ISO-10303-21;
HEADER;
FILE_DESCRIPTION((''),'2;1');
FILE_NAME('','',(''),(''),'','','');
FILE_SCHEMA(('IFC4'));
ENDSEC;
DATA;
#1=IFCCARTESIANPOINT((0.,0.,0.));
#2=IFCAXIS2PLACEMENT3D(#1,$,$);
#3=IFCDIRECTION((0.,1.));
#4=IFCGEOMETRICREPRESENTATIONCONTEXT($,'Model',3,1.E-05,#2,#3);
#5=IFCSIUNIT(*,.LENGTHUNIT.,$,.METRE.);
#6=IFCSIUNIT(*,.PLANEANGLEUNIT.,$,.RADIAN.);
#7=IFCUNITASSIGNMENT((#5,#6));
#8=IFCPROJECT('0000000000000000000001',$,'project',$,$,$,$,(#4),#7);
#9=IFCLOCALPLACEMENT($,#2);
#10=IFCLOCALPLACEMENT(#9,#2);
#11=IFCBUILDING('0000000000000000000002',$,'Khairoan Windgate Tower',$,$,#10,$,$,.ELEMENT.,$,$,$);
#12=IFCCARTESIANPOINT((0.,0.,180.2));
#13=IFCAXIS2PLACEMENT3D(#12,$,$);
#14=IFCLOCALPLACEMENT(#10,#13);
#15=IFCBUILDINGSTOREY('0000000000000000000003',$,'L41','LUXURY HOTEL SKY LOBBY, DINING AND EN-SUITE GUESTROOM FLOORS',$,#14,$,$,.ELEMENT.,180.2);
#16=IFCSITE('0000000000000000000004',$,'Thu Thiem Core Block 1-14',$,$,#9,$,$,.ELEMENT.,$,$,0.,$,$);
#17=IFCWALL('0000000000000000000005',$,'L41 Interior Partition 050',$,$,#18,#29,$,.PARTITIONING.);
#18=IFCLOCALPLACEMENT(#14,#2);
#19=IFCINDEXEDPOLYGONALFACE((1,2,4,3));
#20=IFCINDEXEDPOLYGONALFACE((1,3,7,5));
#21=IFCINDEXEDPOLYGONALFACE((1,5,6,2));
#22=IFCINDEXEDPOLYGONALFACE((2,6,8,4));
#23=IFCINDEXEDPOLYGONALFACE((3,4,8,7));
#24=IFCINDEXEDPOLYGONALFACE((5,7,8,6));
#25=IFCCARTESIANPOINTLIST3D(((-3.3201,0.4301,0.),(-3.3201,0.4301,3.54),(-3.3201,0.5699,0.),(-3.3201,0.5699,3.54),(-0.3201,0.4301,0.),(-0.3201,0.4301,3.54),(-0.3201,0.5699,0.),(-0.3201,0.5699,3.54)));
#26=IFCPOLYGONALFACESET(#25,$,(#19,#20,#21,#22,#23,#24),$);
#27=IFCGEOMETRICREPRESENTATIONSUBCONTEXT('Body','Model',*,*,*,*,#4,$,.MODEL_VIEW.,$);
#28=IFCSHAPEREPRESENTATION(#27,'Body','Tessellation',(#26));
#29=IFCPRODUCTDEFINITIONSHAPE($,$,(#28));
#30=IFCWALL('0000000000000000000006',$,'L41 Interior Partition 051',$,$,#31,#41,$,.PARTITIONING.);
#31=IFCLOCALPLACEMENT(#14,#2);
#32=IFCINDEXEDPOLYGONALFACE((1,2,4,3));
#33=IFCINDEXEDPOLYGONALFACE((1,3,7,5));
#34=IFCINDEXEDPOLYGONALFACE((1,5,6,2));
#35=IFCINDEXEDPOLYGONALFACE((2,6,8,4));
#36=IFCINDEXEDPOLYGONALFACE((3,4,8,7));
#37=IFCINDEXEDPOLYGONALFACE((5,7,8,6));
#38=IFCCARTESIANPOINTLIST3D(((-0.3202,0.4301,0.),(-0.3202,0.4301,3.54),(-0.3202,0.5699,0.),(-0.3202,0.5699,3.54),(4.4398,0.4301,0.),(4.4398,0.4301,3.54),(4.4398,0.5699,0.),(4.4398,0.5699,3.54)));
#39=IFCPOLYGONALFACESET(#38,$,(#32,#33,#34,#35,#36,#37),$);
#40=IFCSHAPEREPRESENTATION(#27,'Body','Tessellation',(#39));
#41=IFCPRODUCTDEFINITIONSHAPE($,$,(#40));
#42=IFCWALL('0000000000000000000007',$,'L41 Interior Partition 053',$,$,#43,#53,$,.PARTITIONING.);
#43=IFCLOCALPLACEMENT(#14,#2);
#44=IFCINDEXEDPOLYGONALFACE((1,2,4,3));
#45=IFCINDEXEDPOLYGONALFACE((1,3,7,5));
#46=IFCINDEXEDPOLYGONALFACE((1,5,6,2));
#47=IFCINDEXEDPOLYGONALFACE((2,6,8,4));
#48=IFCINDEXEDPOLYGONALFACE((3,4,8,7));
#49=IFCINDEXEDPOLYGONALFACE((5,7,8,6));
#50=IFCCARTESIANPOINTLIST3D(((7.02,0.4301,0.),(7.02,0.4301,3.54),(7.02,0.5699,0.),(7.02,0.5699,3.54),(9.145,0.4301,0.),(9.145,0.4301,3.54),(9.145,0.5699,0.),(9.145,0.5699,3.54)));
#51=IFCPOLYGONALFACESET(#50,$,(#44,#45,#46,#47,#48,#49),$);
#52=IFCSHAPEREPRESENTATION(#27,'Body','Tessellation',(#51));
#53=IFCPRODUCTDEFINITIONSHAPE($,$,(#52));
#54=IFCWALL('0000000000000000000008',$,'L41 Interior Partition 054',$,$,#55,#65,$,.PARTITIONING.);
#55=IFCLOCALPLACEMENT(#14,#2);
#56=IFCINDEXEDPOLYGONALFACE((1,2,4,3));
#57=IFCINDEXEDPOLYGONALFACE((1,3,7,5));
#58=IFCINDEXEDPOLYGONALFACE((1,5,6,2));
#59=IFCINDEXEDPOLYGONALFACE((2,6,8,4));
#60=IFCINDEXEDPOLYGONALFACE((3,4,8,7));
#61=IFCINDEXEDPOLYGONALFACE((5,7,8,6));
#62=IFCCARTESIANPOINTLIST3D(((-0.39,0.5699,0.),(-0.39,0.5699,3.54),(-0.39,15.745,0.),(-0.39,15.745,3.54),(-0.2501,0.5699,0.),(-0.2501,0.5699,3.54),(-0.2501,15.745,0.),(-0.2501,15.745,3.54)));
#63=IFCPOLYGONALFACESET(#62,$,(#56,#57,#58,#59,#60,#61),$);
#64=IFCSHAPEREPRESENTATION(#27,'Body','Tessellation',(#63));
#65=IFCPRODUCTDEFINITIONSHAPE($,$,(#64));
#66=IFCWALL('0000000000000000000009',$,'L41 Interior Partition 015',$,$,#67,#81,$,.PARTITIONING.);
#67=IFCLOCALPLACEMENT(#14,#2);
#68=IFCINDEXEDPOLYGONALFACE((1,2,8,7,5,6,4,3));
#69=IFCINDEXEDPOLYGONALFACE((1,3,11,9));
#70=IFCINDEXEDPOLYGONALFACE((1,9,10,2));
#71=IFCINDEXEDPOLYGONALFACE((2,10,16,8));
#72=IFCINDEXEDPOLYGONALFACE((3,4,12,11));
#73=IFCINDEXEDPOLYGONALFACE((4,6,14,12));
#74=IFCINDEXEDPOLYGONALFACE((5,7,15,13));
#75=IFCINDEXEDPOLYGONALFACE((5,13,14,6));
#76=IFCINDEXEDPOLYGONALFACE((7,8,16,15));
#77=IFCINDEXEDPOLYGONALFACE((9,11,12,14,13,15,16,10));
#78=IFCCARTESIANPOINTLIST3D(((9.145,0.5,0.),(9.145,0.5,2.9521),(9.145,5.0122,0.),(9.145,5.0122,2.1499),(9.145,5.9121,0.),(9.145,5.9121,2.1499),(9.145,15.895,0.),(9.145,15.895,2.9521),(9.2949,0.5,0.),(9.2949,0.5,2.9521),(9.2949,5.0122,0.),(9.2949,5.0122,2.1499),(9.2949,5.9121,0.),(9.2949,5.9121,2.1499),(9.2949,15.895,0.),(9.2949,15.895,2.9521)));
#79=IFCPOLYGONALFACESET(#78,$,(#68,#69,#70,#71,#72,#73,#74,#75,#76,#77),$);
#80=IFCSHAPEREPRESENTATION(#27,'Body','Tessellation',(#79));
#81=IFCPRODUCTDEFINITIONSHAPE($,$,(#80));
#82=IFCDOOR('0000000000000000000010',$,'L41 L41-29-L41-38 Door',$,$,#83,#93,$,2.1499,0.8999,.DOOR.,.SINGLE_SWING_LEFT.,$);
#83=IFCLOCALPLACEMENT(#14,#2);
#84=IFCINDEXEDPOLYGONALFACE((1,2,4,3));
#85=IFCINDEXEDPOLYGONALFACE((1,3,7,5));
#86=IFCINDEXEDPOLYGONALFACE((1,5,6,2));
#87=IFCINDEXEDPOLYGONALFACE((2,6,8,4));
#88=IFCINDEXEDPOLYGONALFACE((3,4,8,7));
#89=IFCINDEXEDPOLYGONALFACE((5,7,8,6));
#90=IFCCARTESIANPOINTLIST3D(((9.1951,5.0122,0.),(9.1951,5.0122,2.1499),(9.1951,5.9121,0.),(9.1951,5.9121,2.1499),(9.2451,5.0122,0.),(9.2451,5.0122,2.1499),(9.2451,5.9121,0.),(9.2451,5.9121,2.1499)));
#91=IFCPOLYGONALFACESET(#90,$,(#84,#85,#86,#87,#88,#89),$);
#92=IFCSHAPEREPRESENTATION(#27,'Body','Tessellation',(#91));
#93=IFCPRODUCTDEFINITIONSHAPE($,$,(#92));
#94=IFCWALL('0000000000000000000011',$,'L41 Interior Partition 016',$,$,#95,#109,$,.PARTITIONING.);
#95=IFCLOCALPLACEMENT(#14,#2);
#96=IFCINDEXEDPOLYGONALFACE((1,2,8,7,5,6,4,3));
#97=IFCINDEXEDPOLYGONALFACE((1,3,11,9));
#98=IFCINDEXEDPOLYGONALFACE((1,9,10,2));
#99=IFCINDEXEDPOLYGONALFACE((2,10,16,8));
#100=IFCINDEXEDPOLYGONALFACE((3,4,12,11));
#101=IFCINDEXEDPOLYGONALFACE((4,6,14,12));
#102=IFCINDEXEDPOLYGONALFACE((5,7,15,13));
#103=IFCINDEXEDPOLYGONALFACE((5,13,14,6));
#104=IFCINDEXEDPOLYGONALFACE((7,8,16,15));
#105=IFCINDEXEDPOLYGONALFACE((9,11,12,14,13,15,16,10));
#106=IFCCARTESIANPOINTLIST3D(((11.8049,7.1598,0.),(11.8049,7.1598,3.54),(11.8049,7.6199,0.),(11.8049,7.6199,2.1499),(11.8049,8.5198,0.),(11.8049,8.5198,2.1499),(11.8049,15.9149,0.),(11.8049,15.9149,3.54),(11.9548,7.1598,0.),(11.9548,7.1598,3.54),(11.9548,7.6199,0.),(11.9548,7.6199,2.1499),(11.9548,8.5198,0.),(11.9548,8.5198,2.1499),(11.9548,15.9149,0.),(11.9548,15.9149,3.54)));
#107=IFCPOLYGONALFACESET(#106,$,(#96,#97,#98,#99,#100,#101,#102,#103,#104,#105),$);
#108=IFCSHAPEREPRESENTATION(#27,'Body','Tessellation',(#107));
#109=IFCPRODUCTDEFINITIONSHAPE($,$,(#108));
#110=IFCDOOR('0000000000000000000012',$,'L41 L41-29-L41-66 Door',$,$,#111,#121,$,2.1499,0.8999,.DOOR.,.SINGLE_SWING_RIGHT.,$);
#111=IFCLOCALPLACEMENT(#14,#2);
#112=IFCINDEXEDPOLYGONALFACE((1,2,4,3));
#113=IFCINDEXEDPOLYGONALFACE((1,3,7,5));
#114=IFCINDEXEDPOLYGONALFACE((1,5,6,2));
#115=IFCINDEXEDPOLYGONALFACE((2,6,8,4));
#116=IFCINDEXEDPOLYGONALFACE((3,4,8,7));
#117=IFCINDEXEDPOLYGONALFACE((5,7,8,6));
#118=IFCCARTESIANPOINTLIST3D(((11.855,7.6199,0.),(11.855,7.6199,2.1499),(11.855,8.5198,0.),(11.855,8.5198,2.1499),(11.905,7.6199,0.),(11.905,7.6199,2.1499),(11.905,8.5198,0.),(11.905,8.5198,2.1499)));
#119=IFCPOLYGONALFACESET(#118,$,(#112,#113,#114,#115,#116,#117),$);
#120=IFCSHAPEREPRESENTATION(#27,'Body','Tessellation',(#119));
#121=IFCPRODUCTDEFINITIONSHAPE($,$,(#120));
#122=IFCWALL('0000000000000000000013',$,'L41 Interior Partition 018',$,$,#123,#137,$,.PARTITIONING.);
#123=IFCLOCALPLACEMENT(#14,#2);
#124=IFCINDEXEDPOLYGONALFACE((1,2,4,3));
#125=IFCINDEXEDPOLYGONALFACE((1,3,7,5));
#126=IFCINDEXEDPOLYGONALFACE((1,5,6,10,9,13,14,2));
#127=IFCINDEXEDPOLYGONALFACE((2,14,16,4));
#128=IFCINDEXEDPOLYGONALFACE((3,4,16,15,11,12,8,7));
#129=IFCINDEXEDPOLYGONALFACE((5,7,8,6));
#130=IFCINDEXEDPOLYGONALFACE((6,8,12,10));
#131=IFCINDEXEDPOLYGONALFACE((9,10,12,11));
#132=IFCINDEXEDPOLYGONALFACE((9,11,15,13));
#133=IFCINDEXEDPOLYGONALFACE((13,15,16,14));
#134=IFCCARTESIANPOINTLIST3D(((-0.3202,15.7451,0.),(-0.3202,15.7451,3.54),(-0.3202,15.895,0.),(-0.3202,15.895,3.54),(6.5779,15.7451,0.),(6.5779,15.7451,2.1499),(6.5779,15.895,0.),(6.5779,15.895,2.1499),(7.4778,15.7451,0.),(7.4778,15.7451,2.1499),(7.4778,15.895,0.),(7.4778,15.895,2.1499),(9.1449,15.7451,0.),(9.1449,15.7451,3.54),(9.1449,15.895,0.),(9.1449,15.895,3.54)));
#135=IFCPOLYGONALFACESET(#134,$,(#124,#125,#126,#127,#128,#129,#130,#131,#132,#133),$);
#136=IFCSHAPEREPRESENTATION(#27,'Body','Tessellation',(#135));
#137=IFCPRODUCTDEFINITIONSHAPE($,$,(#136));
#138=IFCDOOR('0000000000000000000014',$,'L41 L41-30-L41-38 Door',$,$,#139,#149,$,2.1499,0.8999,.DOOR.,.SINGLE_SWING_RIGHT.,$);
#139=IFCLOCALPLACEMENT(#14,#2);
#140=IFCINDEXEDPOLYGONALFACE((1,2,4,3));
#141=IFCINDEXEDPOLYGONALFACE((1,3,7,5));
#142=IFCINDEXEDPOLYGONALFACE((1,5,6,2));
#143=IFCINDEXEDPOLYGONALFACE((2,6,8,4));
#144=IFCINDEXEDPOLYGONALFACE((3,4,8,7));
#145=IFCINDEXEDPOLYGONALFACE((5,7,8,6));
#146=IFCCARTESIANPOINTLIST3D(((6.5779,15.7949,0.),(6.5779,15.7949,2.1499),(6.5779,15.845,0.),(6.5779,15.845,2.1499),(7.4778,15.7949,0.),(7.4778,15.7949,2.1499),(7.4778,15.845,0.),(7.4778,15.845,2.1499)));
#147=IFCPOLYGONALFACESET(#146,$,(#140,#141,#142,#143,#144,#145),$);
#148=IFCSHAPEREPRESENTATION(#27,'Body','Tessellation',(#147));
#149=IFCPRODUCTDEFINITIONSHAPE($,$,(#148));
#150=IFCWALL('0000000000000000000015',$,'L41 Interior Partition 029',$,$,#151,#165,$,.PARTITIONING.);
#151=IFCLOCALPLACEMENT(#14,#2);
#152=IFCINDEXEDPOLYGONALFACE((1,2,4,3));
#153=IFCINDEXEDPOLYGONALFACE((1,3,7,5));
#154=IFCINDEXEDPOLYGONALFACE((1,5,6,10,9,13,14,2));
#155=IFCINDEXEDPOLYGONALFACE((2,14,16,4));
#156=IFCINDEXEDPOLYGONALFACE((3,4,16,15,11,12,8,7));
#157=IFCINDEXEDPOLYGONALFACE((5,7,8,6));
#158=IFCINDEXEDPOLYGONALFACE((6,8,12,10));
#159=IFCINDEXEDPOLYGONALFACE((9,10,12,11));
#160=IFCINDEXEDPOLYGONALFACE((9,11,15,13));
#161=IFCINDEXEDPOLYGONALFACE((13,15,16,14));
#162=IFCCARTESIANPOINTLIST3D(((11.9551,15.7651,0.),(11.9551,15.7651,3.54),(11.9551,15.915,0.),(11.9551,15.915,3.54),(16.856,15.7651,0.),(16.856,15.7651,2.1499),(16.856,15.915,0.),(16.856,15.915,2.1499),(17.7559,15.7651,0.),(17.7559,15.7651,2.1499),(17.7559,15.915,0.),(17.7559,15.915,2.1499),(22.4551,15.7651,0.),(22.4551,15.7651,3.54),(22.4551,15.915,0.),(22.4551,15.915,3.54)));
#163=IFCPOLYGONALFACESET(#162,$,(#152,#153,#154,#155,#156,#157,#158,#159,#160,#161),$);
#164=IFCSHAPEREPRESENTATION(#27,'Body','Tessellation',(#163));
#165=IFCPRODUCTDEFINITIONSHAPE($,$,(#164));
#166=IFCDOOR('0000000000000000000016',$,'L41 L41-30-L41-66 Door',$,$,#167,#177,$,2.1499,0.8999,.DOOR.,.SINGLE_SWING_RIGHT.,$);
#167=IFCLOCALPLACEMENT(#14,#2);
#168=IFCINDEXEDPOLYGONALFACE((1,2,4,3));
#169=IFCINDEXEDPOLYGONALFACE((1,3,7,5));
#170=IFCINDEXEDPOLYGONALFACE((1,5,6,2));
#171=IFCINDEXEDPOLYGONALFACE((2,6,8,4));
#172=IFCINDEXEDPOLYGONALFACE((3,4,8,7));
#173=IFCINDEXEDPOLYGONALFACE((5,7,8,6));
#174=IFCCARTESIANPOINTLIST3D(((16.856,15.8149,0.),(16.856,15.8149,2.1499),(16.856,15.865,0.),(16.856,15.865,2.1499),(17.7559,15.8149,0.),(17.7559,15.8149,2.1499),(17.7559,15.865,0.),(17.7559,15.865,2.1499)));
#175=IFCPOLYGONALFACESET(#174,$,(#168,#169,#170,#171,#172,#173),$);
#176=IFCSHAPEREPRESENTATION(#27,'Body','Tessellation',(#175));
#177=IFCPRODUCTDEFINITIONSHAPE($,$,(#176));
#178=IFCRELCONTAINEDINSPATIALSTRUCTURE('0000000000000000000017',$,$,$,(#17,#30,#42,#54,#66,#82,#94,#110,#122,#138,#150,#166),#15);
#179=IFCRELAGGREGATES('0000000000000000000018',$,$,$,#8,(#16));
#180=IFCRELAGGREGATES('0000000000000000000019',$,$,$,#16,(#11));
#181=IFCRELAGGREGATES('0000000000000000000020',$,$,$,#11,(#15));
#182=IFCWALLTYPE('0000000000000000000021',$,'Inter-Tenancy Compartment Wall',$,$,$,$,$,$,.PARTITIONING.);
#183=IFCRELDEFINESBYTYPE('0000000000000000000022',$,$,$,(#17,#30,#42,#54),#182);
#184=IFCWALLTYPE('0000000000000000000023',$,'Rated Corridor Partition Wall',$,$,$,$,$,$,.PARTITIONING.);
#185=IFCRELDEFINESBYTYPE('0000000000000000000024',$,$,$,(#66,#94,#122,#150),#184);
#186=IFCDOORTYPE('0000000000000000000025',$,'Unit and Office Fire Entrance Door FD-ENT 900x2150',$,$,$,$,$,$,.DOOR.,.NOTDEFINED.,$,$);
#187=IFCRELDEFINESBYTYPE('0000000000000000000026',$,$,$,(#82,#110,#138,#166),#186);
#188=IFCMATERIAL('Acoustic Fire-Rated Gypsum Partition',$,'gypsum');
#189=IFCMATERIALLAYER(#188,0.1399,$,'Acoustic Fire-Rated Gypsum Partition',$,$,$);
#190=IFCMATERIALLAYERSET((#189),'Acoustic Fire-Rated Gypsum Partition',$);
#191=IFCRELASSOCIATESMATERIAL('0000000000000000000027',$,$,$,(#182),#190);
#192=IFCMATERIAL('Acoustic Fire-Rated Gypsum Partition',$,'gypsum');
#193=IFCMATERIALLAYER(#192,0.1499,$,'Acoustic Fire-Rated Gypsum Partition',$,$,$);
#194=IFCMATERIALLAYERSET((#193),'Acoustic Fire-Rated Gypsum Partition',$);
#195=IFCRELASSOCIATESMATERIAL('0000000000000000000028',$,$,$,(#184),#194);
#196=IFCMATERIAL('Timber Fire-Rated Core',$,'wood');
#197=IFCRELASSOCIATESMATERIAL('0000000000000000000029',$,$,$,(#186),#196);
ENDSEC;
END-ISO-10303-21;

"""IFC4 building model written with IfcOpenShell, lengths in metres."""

from ifc_helpers import new_model, si_unit, direction, frame, frame_2d, origin, place, context, subcontext, project, spatial, rectangle, extrude, material, layer, layer_set, type_object, element, fill, save


model = new_model("IFC4")

# Units and contexts
model_context = context("Model", 3, precision=1e-05, world=origin(), true_north=direction((0.0, 1.0)))
body_context = subcontext(model_context, "Body", "Model", "MODEL_VIEW")
ifc_project = project(units=[si_unit("LENGTHUNIT", "METRE"), si_unit("PLANEANGLEUNIT", "RADIAN")], contexts=[model_context])

# Site, building, storey
site_placement = place(None, origin())
site = spatial("IfcSite", under=ifc_project, at=site_placement, Name="Thu Thiem Core Block 1-14", CompositionType="ELEMENT", RefElevation=0.0)
building_placement = place(site_placement, origin())
building = spatial("IfcBuilding", under=site, at=building_placement, Name="Khairoan Windgate Tower", CompositionType="ELEMENT")
storey_placement = place(building_placement, frame((0.0, 0.0, 180.2)))
storey = spatial("IfcBuildingStorey", under=building, at=storey_placement, Name="L41", Description="LUXURY HOTEL SKY LOBBY, DINING AND EN-SUITE GUESTROOM FLOORS", CompositionType="ELEMENT", Elevation=180.2)

# Walls
ifc_material_1 = material(Name="Acoustic Fire-Rated Gypsum Partition", Category="gypsum")
ifc_layer_1 = layer(ifc_material_1, 0.1399, Name="Acoustic Fire-Rated Gypsum Partition")
ifc_layer_set_1 = layer_set([ifc_layer_1], Name="Acoustic Fire-Rated Gypsum Partition")
wall_type_1 = type_object("IfcWallType", Name="Inter-Tenancy Compartment Wall", PredefinedType="PARTITIONING", material=ifc_layer_set_1)
wall_1_placement = place(storey_placement, frame((-3.3201, 0.5, 0.0), z_axis=(0.0, 0.0, 1.0), x_axis=(1.0, 0.0, 0.0)))
element("IfcWall", 1, at=wall_1_placement, inside=storey, type_object=wall_type_1, Name="L41 Interior Partition 050", PredefinedType="PARTITIONING", context=body_context, shape_type="SweptSolid", body=[
    extrude(rectangle(XDim=3.0, YDim=0.1399, at=frame_2d((1.5, 0.0))), origin(), (0.0, 0.0, 1.0), 3.54),
])
wall_2_placement = place(storey_placement, frame((-0.3201, 0.5, 0.0), z_axis=(0.0, 0.0, 1.0), x_axis=(1.0, 0.0, 0.0)))
element("IfcWall", 2, at=wall_2_placement, inside=storey, type_object=wall_type_1, Name="L41 Interior Partition 051", PredefinedType="PARTITIONING", context=body_context, shape_type="SweptSolid", body=[
    extrude(rectangle(XDim=4.76, YDim=0.1399, at=frame_2d((2.3799, 0.0))), origin(), (0.0, 0.0, 1.0), 3.54),
])
wall_3_placement = place(storey_placement, frame((7.02, 0.5, 0.0), z_axis=(0.0, 0.0, 1.0), x_axis=(1.0, 0.0, 0.0)))
element("IfcWall", 3, at=wall_3_placement, inside=storey, type_object=wall_type_1, Name="L41 Interior Partition 053", PredefinedType="PARTITIONING", context=body_context, shape_type="SweptSolid", body=[
    extrude(rectangle(XDim=2.125, YDim=0.1399, at=frame_2d((1.0625, 0.0))), origin(), (0.0, 0.0, 1.0), 3.54),
])
wall_4_placement = place(storey_placement, frame((-0.3201, 0.5701, 0.0), z_axis=(0.0, 0.0, 1.0), x_axis=(0.0, 1.0, 0.0)))
element("IfcWall", 4, at=wall_4_placement, inside=storey, type_object=wall_type_1, Name="L41 Interior Partition 054", PredefinedType="PARTITIONING", context=body_context, shape_type="SweptSolid", body=[
    extrude(rectangle(XDim=15.175, YDim=0.1399, at=frame_2d((7.5874, 0.0))), origin(), (0.0, 0.0, 1.0), 3.54),
])

# Walls, openings, doors
ifc_material_2 = material(Name="Acoustic Fire-Rated Gypsum Partition", Category="gypsum")
ifc_layer_2 = layer(ifc_material_2, 0.1499, Name="Acoustic Fire-Rated Gypsum Partition")
ifc_layer_set_2 = layer_set([ifc_layer_2], Name="Acoustic Fire-Rated Gypsum Partition")
wall_type_2 = type_object("IfcWallType", Name="Rated Corridor Partition Wall", PredefinedType="PARTITIONING", material=ifc_layer_set_2)
wall_5_placement = place(storey_placement, frame((9.22, 0.5, 0.0), z_axis=(0.0, 0.0, 1.0), x_axis=(0.0, 1.0, 0.0)))
wall_5 = element("IfcWall", 5, at=wall_5_placement, inside=storey, type_object=wall_type_2, Name="L41 Interior Partition 015", PredefinedType="PARTITIONING", context=body_context, shape_type="SweptSolid", body=[
    extrude(rectangle(XDim=15.395, YDim=0.1499, at=frame_2d((7.6975, 0.0))), origin(), (0.0, 0.0, 1.0), 2.9521),
])
opening_1_placement = place(wall_5_placement, frame((4.5122, 0.0, 0.0)))
opening_1 = element("IfcOpeningElement", 6, at=opening_1_placement, cuts=wall_5, PredefinedType="OPENING", context=body_context, shape_type="SweptSolid", body=[
    extrude(rectangle(XDim=0.8999, YDim=2.1499, at=frame_2d((0.45, 1.075))), frame((0.0, 0.085, 0.0), z_axis=(0.0, -1.0, 0.0), x_axis=(1.0, 0.0, 0.0)), (0.0, 0.0, 1.0), 0.1699),
])
ifc_material_3 = material(Name="Timber Fire-Rated Core", Category="wood")
door_type = type_object("IfcDoorType", Name="Unit and Office Fire Entrance Door FD-ENT 900x2150", OperationType="NOTDEFINED", PredefinedType="DOOR", material=ifc_material_3)
door_1_placement = place(opening_1_placement, origin())
door_1 = element("IfcDoor", 7, at=door_1_placement, inside=storey, type_object=door_type, Name="L41 L41-29-L41-38 Door", OperationType="SINGLE_SWING_LEFT", OverallHeight=2.1499, OverallWidth=0.8999, PredefinedType="DOOR", context=body_context, shape_type="SweptSolid", body=[
    extrude(rectangle(XDim=0.8999, YDim=2.1499, at=frame_2d((0.45, 1.075))), frame((0.0, 0.0249, 0.0), z_axis=(0.0, -1.0, 0.0), x_axis=(1.0, 0.0, 0.0)), (0.0, 0.0, 1.0), 0.05),
])
fill(opening_1, door_1)
wall_6_placement = place(storey_placement, frame((11.8799, 7.1599, 0.0), z_axis=(0.0, 0.0, 1.0), x_axis=(0.0, 1.0, 0.0)))
wall_6 = element("IfcWall", 8, at=wall_6_placement, inside=storey, type_object=wall_type_2, Name="L41 Interior Partition 016", PredefinedType="PARTITIONING", context=body_context, shape_type="SweptSolid", body=[
    extrude(rectangle(XDim=8.7551, YDim=0.1499, at=frame_2d((4.3774, 0.0))), origin(), (0.0, 0.0, 1.0), 3.54),
])
opening_2_placement = place(wall_6_placement, frame((0.46, 0.0, 0.0)))
opening_2 = element("IfcOpeningElement", 9, at=opening_2_placement, cuts=wall_6, PredefinedType="OPENING", context=body_context, shape_type="SweptSolid", body=[
    extrude(rectangle(XDim=0.8999, YDim=2.1499, at=frame_2d((0.45, 1.075))), frame((0.0, 0.085, 0.0), z_axis=(0.0, -1.0, 0.0), x_axis=(1.0, 0.0, 0.0)), (0.0, 0.0, 1.0), 0.1699),
])
door_2_placement = place(opening_2_placement, origin())
door_2 = element("IfcDoor", 10, at=door_2_placement, inside=storey, type_object=door_type, Name="L41 L41-29-L41-66 Door", OperationType="SINGLE_SWING_RIGHT", OverallHeight=2.1499, OverallWidth=0.8999, PredefinedType="DOOR", context=body_context, shape_type="SweptSolid", body=[
    extrude(rectangle(XDim=0.8999, YDim=2.1499, at=frame_2d((0.45, 1.075))), frame((0.0, 0.0249, 0.0), z_axis=(0.0, -1.0, 0.0), x_axis=(1.0, 0.0, 0.0)), (0.0, 0.0, 1.0), 0.05),
])
fill(opening_2, door_2)
wall_7_placement = place(storey_placement, frame((-0.3201, 15.8201, 0.0), z_axis=(0.0, 0.0, 1.0), x_axis=(1.0, 0.0, 0.0)))
wall_7 = element("IfcWall", 11, at=wall_7_placement, inside=storey, type_object=wall_type_2, Name="L41 Interior Partition 018", PredefinedType="PARTITIONING", context=body_context, shape_type="SweptSolid", body=[
    extrude(rectangle(XDim=9.4651, YDim=0.1499, at=frame_2d((4.7324, 0.0))), origin(), (0.0, 0.0, 1.0), 3.54),
])
opening_3_placement = place(wall_7_placement, frame((6.8979, 0.0, 0.0)))
opening_3 = element("IfcOpeningElement", 12, at=opening_3_placement, cuts=wall_7, PredefinedType="OPENING", context=body_context, shape_type="SweptSolid", body=[
    extrude(rectangle(XDim=0.8999, YDim=2.1499, at=frame_2d((0.45, 1.075))), frame((0.0, 0.085, 0.0), z_axis=(0.0, -1.0, 0.0), x_axis=(1.0, 0.0, 0.0)), (0.0, 0.0, 1.0), 0.1699),
])
door_3_placement = place(opening_3_placement, origin())
door_3 = element("IfcDoor", 13, at=door_3_placement, inside=storey, type_object=door_type, Name="L41 L41-30-L41-38 Door", OperationType="SINGLE_SWING_RIGHT", OverallHeight=2.1499, OverallWidth=0.8999, PredefinedType="DOOR", context=body_context, shape_type="SweptSolid", body=[
    extrude(rectangle(XDim=0.8999, YDim=2.1499, at=frame_2d((0.45, 1.075))), frame((0.0, 0.0249, 0.0), z_axis=(0.0, -1.0, 0.0), x_axis=(1.0, 0.0, 0.0)), (0.0, 0.0, 1.0), 0.05),
])
fill(opening_3, door_3)
wall_8_placement = place(storey_placement, frame((11.9551, 15.8401, 0.0), z_axis=(0.0, 0.0, 1.0), x_axis=(1.0, 0.0, 0.0)))
wall_8 = element("IfcWall", 14, at=wall_8_placement, inside=storey, type_object=wall_type_2, Name="L41 Interior Partition 029", PredefinedType="PARTITIONING", context=body_context, shape_type="SweptSolid", body=[
    extrude(rectangle(XDim=10.5, YDim=0.1499, at=frame_2d((5.25, 0.0))), origin(), (0.0, 0.0, 1.0), 3.54),
])
opening_4_placement = place(wall_8_placement, frame((4.9009, 0.0, 0.0)))
opening_4 = element("IfcOpeningElement", 15, at=opening_4_placement, cuts=wall_8, PredefinedType="OPENING", context=body_context, shape_type="SweptSolid", body=[
    extrude(rectangle(XDim=0.8999, YDim=2.1499, at=frame_2d((0.45, 1.075))), frame((0.0, 0.085, 0.0), z_axis=(0.0, -1.0, 0.0), x_axis=(1.0, 0.0, 0.0)), (0.0, 0.0, 1.0), 0.1699),
])
door_4_placement = place(opening_4_placement, origin())
door_4 = element("IfcDoor", 16, at=door_4_placement, inside=storey, type_object=door_type, Name="L41 L41-30-L41-66 Door", OperationType="SINGLE_SWING_RIGHT", OverallHeight=2.1499, OverallWidth=0.8999, PredefinedType="DOOR", context=body_context, shape_type="SweptSolid", body=[
    extrude(rectangle(XDim=0.8999, YDim=2.1499, at=frame_2d((0.45, 1.075))), frame((0.0, 0.0249, 0.0), z_axis=(0.0, -1.0, 0.0), x_axis=(1.0, 0.0, 0.0)), (0.0, 0.0, 1.0), 0.05),
])
fill(opening_4, door_4)

save(model, "model.ifc")
